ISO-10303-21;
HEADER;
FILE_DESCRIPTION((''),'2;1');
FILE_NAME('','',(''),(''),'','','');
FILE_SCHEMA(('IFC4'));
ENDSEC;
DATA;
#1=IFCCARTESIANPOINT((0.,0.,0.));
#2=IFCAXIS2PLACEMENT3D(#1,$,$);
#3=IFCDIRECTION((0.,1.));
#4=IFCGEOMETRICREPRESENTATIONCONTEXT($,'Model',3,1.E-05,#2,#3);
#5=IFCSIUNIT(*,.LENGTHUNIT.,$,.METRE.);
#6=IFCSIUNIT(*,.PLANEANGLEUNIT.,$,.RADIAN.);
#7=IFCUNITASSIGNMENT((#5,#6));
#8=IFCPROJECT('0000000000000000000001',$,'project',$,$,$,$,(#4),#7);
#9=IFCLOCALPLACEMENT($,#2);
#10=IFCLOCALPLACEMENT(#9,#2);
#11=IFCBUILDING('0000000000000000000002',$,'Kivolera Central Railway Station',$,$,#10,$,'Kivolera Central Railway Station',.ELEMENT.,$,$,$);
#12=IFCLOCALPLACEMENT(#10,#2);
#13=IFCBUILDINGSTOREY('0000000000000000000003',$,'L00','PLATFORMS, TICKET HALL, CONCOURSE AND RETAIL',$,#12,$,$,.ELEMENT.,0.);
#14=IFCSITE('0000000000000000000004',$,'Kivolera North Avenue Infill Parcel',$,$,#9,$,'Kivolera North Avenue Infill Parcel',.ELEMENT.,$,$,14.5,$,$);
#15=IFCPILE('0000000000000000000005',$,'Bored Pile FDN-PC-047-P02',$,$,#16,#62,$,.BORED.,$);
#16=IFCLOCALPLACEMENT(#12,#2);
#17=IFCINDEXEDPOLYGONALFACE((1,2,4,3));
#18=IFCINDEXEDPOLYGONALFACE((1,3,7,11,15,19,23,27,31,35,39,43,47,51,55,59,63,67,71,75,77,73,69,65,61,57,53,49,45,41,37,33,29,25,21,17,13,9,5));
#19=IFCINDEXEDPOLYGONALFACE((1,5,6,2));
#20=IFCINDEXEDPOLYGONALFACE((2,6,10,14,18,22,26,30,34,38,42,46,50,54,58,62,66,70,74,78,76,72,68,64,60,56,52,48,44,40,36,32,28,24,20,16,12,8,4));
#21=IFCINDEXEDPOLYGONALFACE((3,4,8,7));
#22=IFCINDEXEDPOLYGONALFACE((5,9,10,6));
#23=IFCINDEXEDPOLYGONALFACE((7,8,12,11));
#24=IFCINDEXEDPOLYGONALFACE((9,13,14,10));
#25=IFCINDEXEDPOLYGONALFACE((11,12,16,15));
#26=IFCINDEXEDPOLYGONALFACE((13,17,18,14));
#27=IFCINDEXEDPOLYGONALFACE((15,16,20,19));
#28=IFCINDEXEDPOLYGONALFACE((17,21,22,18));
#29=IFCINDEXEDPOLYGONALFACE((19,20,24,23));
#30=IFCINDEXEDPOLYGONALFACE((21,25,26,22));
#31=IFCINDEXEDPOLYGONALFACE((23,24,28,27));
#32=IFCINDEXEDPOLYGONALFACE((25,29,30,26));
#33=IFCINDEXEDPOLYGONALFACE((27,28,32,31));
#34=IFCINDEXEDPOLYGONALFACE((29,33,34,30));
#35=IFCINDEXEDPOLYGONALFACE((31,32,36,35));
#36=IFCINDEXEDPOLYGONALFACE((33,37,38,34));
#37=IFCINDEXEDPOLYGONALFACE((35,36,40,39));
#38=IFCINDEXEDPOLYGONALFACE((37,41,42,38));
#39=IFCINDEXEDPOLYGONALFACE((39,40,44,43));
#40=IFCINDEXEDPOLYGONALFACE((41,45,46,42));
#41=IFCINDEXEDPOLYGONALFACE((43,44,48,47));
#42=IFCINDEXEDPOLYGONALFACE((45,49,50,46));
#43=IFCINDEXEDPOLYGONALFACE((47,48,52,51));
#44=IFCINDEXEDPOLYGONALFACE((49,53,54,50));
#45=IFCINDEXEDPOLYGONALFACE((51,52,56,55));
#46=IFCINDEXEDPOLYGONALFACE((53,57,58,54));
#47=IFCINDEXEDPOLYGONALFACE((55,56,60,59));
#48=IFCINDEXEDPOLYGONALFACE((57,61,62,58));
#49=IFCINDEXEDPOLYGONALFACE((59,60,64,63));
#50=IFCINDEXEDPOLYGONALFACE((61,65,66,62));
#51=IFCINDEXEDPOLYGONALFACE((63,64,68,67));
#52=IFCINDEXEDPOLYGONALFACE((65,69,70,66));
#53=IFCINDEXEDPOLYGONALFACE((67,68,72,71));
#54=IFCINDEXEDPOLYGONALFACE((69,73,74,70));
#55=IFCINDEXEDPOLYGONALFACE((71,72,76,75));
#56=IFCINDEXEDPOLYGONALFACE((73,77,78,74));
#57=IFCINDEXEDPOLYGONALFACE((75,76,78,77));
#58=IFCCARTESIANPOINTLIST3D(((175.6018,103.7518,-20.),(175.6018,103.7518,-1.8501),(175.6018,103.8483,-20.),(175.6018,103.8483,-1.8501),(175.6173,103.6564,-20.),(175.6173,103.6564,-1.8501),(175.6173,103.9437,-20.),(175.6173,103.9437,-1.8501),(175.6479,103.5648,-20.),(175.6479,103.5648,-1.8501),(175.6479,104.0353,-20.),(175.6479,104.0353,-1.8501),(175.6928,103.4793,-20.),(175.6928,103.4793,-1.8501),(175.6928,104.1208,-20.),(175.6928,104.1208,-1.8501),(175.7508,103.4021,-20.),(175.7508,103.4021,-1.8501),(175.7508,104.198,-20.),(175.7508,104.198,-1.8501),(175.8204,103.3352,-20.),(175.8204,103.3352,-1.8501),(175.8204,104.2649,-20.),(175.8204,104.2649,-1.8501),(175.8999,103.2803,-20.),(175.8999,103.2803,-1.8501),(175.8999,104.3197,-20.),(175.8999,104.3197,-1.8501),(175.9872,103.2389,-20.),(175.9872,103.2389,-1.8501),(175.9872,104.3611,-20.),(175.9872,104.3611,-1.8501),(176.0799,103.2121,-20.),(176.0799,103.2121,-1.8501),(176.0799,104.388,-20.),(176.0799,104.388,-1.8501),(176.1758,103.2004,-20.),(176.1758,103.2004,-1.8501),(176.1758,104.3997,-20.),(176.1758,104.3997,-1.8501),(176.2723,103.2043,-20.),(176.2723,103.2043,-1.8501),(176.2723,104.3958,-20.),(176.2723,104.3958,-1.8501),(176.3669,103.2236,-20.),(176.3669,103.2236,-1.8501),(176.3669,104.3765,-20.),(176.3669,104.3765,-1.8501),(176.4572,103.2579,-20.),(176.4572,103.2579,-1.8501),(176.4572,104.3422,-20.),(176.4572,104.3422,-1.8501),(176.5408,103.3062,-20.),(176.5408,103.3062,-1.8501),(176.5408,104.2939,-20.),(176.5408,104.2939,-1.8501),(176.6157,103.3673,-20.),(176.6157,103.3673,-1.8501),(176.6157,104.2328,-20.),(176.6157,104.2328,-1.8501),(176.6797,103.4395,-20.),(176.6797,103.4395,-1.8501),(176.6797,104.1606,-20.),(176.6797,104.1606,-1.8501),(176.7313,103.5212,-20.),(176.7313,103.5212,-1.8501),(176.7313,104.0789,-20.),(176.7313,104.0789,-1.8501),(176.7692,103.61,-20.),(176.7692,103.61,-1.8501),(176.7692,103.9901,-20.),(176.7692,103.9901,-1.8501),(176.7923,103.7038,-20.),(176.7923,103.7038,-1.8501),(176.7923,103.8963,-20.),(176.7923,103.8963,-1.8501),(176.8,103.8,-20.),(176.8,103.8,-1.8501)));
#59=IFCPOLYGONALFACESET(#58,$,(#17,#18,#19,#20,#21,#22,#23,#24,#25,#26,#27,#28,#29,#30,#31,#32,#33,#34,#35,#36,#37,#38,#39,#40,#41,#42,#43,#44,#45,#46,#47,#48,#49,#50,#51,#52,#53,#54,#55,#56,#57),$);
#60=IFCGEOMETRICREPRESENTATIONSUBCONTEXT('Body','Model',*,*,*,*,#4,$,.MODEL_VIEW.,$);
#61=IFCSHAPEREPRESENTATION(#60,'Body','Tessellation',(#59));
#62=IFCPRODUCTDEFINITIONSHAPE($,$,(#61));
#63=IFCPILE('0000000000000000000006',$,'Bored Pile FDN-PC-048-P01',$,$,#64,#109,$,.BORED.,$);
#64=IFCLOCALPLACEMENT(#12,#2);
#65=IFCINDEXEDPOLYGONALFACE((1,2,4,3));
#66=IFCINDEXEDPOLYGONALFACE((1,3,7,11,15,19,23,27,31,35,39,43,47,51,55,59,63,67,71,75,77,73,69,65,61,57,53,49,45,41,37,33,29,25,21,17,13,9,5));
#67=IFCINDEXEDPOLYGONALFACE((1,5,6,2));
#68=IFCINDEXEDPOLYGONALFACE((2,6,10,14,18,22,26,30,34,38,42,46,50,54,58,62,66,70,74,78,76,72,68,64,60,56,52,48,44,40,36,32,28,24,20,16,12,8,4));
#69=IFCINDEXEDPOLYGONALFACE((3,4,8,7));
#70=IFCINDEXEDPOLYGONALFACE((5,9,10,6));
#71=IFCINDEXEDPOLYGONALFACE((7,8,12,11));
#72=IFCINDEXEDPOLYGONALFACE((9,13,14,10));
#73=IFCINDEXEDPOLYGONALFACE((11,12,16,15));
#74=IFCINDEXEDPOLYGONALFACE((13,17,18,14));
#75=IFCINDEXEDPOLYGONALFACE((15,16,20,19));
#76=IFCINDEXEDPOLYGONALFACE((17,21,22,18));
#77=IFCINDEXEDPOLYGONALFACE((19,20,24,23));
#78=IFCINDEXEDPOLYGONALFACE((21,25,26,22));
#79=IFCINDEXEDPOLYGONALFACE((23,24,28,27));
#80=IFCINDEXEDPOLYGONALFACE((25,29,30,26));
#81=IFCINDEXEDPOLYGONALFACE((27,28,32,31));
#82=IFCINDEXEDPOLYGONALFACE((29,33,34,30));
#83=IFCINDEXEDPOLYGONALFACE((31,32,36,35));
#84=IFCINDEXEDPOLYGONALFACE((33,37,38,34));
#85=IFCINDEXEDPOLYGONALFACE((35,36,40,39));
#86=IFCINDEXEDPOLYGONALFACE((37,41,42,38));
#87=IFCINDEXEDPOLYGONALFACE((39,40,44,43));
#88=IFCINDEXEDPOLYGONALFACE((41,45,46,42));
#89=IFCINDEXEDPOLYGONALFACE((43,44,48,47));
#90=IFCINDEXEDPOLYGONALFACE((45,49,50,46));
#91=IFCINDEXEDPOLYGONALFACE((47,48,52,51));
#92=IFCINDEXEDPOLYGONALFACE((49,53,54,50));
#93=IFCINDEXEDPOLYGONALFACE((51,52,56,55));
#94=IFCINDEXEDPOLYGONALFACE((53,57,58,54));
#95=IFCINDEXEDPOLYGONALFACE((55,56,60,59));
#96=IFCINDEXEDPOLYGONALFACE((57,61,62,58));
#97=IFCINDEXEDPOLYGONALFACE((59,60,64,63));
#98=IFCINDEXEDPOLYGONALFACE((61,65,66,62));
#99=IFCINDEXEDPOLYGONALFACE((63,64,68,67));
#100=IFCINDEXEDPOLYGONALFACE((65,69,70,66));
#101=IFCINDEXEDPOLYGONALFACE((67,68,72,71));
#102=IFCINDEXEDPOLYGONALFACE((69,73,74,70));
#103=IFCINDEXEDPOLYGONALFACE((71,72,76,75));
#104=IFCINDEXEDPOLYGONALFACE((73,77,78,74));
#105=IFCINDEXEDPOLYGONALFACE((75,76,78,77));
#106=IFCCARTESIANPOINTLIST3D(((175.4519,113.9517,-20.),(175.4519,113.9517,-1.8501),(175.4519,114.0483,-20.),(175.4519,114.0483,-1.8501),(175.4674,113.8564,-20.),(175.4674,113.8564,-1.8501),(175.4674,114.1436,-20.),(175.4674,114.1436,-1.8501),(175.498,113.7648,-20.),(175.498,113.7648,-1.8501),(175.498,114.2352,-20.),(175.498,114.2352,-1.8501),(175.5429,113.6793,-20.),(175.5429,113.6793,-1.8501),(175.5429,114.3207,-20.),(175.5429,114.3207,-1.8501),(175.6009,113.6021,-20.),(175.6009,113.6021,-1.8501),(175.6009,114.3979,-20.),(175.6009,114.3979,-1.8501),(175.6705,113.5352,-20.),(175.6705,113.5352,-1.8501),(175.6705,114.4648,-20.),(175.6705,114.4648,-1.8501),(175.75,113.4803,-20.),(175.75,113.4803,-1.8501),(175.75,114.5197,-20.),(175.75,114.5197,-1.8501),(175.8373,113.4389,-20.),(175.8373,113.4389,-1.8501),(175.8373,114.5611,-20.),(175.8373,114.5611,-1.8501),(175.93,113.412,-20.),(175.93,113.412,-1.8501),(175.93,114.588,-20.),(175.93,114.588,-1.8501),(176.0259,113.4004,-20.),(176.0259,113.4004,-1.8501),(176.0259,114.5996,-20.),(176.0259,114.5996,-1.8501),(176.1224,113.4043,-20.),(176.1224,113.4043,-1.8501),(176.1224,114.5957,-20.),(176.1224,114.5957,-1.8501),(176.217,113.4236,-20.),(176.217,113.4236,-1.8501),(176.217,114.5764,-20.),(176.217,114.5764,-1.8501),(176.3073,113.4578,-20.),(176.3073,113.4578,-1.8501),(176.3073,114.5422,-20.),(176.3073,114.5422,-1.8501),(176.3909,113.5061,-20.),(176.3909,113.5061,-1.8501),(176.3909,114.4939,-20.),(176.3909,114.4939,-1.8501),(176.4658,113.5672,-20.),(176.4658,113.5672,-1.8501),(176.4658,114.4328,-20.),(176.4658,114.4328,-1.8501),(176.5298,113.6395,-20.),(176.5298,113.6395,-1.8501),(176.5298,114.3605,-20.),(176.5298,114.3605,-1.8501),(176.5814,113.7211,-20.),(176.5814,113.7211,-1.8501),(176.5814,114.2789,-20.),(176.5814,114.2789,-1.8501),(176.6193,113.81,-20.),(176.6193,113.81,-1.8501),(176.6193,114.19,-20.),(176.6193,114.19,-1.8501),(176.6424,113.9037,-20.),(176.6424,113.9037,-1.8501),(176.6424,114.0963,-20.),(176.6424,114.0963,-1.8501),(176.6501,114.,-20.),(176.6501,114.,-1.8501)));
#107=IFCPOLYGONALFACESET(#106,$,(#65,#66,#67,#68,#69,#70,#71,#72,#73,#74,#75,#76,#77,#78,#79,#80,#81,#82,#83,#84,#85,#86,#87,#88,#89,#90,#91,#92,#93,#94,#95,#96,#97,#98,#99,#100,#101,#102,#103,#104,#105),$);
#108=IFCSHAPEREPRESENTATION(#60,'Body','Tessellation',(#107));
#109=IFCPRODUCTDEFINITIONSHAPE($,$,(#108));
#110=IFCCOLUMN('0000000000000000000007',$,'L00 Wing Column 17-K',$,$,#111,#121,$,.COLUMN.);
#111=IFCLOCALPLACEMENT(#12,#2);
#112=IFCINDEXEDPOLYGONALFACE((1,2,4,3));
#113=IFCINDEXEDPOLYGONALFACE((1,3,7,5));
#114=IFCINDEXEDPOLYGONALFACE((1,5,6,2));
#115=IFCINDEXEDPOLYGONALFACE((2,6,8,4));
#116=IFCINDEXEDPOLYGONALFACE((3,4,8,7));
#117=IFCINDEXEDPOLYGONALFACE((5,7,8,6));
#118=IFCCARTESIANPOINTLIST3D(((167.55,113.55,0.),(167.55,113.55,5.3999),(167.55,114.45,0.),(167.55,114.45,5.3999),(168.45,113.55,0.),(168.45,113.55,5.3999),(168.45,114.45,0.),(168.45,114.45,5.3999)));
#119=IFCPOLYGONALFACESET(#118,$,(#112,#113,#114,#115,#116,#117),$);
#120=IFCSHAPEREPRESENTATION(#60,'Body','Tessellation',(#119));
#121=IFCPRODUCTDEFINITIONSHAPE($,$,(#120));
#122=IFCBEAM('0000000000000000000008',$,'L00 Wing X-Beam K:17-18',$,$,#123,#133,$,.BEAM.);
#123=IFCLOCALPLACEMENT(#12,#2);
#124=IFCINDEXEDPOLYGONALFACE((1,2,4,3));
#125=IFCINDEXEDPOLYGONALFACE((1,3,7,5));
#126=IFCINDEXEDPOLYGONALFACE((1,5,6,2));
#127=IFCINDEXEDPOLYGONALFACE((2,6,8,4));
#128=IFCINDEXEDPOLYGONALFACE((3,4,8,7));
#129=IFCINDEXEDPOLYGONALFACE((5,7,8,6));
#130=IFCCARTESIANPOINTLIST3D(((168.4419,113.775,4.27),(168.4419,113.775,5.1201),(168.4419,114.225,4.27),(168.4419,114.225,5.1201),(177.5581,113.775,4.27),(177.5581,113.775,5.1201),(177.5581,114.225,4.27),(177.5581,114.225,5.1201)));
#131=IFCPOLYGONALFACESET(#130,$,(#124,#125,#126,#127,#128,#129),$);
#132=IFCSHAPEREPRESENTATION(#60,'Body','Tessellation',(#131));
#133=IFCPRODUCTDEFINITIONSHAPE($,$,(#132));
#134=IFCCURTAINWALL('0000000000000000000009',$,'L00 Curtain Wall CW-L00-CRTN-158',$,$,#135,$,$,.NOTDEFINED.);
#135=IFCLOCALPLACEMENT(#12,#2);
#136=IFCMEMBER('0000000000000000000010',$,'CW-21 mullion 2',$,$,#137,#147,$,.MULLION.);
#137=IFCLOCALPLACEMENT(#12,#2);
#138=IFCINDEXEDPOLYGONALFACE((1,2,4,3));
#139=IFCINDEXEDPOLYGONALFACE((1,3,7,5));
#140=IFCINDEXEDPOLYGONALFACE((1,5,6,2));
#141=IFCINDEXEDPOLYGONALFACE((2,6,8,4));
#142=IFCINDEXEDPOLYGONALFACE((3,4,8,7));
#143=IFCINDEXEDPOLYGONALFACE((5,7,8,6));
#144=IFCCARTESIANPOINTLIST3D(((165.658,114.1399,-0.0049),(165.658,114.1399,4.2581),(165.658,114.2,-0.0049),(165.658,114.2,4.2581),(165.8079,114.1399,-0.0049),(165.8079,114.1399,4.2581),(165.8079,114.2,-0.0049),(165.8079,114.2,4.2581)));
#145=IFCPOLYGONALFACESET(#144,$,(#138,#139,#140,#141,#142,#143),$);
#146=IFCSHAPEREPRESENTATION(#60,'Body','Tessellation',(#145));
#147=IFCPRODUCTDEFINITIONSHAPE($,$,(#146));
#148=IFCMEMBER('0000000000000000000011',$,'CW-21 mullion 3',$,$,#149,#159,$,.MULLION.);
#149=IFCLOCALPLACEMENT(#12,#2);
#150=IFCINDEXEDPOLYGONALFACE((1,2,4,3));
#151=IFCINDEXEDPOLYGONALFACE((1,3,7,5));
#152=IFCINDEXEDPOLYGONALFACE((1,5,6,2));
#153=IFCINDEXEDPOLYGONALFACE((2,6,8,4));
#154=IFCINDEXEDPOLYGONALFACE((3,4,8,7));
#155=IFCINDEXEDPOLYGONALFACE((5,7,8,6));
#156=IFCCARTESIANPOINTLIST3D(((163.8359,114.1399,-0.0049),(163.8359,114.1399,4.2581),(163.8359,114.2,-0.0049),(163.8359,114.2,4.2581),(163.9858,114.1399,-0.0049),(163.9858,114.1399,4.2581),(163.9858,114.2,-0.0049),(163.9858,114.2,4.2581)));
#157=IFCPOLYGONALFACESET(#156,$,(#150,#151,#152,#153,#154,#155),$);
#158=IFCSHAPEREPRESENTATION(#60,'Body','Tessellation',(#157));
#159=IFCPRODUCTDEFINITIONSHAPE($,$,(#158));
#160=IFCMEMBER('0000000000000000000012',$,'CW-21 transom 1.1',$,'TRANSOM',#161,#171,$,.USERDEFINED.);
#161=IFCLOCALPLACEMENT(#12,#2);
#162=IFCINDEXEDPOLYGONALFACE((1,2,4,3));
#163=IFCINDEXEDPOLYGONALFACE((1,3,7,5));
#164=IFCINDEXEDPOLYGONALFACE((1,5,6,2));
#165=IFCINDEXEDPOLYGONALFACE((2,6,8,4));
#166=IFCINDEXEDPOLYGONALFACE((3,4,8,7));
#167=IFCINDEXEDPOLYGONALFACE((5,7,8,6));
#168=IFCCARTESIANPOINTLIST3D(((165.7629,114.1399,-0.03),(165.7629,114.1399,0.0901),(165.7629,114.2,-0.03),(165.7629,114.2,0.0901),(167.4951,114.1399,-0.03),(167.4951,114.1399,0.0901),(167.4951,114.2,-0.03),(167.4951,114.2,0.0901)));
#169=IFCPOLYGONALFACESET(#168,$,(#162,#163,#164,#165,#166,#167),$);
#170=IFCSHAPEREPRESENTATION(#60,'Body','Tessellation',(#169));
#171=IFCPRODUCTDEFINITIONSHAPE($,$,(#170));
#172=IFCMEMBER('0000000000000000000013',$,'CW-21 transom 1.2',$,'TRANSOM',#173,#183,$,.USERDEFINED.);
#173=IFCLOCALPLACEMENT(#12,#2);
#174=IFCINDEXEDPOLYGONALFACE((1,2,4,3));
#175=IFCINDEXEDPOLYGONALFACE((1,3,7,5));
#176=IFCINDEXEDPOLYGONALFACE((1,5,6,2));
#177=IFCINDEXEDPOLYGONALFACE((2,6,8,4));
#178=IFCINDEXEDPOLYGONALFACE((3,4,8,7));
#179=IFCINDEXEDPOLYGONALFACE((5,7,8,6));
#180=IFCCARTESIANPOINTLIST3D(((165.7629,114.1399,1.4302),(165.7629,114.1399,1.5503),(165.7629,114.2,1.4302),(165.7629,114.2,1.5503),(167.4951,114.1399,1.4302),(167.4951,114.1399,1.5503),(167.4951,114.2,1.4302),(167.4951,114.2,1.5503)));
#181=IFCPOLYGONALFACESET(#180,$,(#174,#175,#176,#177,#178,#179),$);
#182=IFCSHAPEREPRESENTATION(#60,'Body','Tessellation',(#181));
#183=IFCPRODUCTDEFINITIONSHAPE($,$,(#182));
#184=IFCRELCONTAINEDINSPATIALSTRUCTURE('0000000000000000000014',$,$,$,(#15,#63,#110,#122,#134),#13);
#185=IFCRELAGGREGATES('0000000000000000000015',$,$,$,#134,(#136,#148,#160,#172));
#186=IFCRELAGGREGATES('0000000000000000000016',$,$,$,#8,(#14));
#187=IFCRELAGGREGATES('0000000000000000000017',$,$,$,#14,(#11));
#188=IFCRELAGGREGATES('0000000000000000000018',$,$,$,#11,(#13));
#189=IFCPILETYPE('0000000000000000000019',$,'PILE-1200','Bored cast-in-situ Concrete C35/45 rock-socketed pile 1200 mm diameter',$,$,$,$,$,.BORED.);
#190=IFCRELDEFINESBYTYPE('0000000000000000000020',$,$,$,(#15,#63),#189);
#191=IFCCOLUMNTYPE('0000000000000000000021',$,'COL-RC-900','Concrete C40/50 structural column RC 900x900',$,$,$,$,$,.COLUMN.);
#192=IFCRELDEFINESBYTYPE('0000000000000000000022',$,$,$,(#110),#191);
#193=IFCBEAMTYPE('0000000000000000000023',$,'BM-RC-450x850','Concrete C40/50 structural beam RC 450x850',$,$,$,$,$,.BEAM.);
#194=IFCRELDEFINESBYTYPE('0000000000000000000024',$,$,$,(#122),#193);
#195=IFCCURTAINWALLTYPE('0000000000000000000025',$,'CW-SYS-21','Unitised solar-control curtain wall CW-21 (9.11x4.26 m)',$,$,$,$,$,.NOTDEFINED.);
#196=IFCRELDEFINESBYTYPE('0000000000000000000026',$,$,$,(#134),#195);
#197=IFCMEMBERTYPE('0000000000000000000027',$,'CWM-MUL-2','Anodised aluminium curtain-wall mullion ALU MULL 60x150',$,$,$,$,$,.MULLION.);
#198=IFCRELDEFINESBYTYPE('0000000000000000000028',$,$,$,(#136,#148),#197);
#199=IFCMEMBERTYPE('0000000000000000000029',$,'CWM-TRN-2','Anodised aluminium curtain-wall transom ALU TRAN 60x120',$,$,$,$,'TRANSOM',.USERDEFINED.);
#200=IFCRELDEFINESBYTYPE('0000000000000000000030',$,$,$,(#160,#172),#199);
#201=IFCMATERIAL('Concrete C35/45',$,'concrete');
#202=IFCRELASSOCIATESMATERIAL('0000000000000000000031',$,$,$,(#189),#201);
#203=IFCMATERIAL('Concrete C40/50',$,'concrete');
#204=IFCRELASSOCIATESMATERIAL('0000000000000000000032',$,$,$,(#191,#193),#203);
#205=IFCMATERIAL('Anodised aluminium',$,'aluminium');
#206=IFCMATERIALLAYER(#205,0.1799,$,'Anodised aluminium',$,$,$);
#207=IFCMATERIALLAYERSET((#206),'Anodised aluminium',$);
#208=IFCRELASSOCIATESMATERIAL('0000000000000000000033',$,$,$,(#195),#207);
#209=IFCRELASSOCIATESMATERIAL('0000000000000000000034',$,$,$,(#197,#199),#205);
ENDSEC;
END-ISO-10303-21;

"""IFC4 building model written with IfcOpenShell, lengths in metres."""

from ifc_helpers import new_model, si_unit, direction, frame, origin, origin_2d, place, context, subcontext, project, spatial, rectangle, circle, extrude, material, layer, layer_set, material_profile, profile_set, type_object, element, aggregate, save


model = new_model("IFC4")

# Units and contexts
model_context = context("Model", 3, precision=1e-05, world=origin(), true_north=direction((0.0, 1.0)))
body_context = subcontext(model_context, "Body", "Model", "MODEL_VIEW")
ifc_project = project(units=[si_unit("LENGTHUNIT", "METRE"), si_unit("PLANEANGLEUNIT", "RADIAN")], contexts=[model_context])

# Site, building, storey
site_placement = place(None, origin())
site = spatial("IfcSite", under=ifc_project, at=site_placement, Name="Kivolera North Avenue Infill Parcel", LongName="Kivolera North Avenue Infill Parcel", CompositionType="ELEMENT", RefElevation=14.5)
building_placement = place(site_placement, origin())
building = spatial("IfcBuilding", under=site, at=building_placement, Name="Kivolera Central Railway Station", LongName="Kivolera Central Railway Station", CompositionType="ELEMENT")
storey_placement = place(building_placement, origin())
storey = spatial("IfcBuildingStorey", under=building, at=storey_placement, Name="L00", Description="PLATFORMS, TICKET HALL, CONCOURSE AND RETAIL", CompositionType="ELEMENT", Elevation=0.0)

# Shared definitions
ifc_material_1 = material(Name="Concrete C35/45", Category="concrete")

# Piles
ifc_material_profile_1 = material_profile(ifc_material_1, circle(Radius=0.6001, at=origin_2d()), Name="PILE D1200")
ifc_profile_set_1 = profile_set([ifc_material_profile_1], Name="Concrete C35/45")
pile_type = type_object("IfcPileType", Name="PILE-1200", Description="Bored cast-in-situ Concrete C35/45 rock-socketed pile 1200 mm diameter", PredefinedType="BORED", material=ifc_profile_set_1)
for number, where, z_axis, x_axis, name in (
    (1, (176.2, 103.8, -1.8501), (0.0, 0.0, -1.0), (1.0, 0.0, 0.0), "Bored Pile FDN-PC-047-P02"),
    (2, (176.05, 114.0, -1.8501), (0.0, 0.0, -1.0), (1.0, 0.0, 0.0), "Bored Pile FDN-PC-048-P01"),
):
    element("IfcPile", number, at=place(storey_placement, frame(where, z_axis=z_axis, x_axis=x_axis)), inside=storey, type_object=pile_type, Name=name, PredefinedType="BORED", context=body_context, shape_type="SweptSolid", body=[
        extrude(circle(Radius=0.6001, at=origin_2d()), origin(), (0.0, 0.0, 1.0), 18.1499),
    ])

# Column
ifc_material_2 = material(Name="Concrete C40/50", Category="concrete")
ifc_material_profile_2 = material_profile(ifc_material_2, rectangle(XDim=0.8999, YDim=0.8999, at=origin_2d()), Name="RC 900x900")
ifc_profile_set_2 = profile_set([ifc_material_profile_2], Name="Concrete C40/50")
column_type = type_object("IfcColumnType", Name="COL-RC-900", Description="Concrete C40/50 structural column RC 900x900", PredefinedType="COLUMN", material=ifc_profile_set_2)
column_placement = place(storey_placement, frame((168.0, 114.0, 0.0), z_axis=(0.0, 0.0, 1.0), x_axis=(1.0, 0.0, 0.0)))
element("IfcColumn", 3, at=column_placement, inside=storey, type_object=column_type, Name="L00 Wing Column 17-K", PredefinedType="COLUMN", context=body_context, shape_type="SweptSolid", body=[
    extrude(rectangle(XDim=0.8999, YDim=0.8999, at=origin_2d()), origin(), (0.0, 0.0, 1.0), 5.3999),
])

# Beam
ifc_material_profile_3 = material_profile(ifc_material_2, rectangle(XDim=0.45, YDim=0.8501, at=origin_2d()), Name="RC 450x850")
ifc_profile_set_3 = profile_set([ifc_material_profile_3], Name="Concrete C40/50")
beam_type = type_object("IfcBeamType", Name="BM-RC-450x850", Description="Concrete C40/50 structural beam RC 450x850", PredefinedType="BEAM", material=ifc_profile_set_3)
beam_placement = place(storey_placement, frame((168.4419, 114.0, 4.6951), z_axis=(1.0, 0.0, 0.0), x_axis=(0.0, 1.0, 0.0)))
element("IfcBeam", 4, at=beam_placement, inside=storey, type_object=beam_type, Name="L00 Wing X-Beam K:17-18", PredefinedType="BEAM", context=body_context, shape_type="SweptSolid", body=[
    extrude(rectangle(XDim=0.45, YDim=0.8501, at=origin_2d()), origin(), (0.0, 0.0, 1.0), 9.1162),
])

# Curtain wall, members
ifc_material_3 = material(Name="Anodised aluminium", Category="aluminium")
ifc_layer_1 = layer(ifc_material_3, 0.1799, Name="Anodised aluminium")
ifc_layer_set_1 = layer_set([ifc_layer_1], Name="Anodised aluminium")
curtain_wall_type = type_object("IfcCurtainWallType", Name="CW-SYS-21", Description="Unitised solar-control curtain wall CW-21 (9.11x4.26 m)", PredefinedType="NOTDEFINED", material=ifc_layer_set_1)
curtain_wall_placement = place(storey_placement, origin())
curtain_wall = element("IfcCurtainWall", 5, at=curtain_wall_placement, inside=storey, type_object=curtain_wall_type, Name="L00 Curtain Wall CW-L00-CRTN-158", PredefinedType="NOTDEFINED")
ifc_material_profile_4 = material_profile(ifc_material_3, rectangle(XDim=0.0601, YDim=0.1499, at=origin_2d()), Name="ALU MULL 60x150")
ifc_profile_set_4 = profile_set([ifc_material_profile_4], Name="Anodised aluminium")
member_type_1 = type_object("IfcMemberType", Name="CWM-MUL-2", Description="Anodised aluminium curtain-wall mullion ALU MULL 60x150", PredefinedType="MULLION", material=ifc_profile_set_4)
member_1_placement = place(storey_placement, frame((165.7329, 114.1699, -0.0049), z_axis=(0.0, 0.0, 1.0), x_axis=(0.0, -1.0, 0.0)))
member_1 = element("IfcMember", 6, at=member_1_placement, type_object=member_type_1, Name="CW-21 mullion 2", PredefinedType="MULLION", context=body_context, shape_type="SweptSolid", body=[
    extrude(rectangle(XDim=0.0601, YDim=0.1499, at=origin_2d()), origin(), (0.0, 0.0, 1.0), 4.2629),
])
member_2_placement = place(storey_placement, frame((163.9109, 114.1699, -0.0049), z_axis=(0.0, 0.0, 1.0), x_axis=(0.0, -1.0, 0.0)))
member_2 = element("IfcMember", 7, at=member_2_placement, type_object=member_type_1, Name="CW-21 mullion 3", PredefinedType="MULLION", context=body_context, shape_type="SweptSolid", body=[
    extrude(rectangle(XDim=0.0601, YDim=0.1499, at=origin_2d()), origin(), (0.0, 0.0, 1.0), 4.2629),
])
ifc_material_profile_5 = material_profile(ifc_material_3, rectangle(XDim=0.0601, YDim=0.1201, at=origin_2d()), Name="ALU TRAN 60x120")
ifc_profile_set_5 = profile_set([ifc_material_profile_5], Name="Anodised aluminium")
member_type_2 = type_object("IfcMemberType", Name="CWM-TRN-2", Description="Anodised aluminium curtain-wall transom ALU TRAN 60x120", ElementType="TRANSOM", PredefinedType="USERDEFINED", material=ifc_profile_set_5)
member_3_placement = place(storey_placement, frame((167.4951, 114.1699, 0.03), z_axis=(-1.0, 0.0, 0.0), x_axis=(0.0, -1.0, 0.0)))
member_3 = element("IfcMember", 8, at=member_3_placement, type_object=member_type_2, Name="CW-21 transom 1.1", ObjectType="TRANSOM", PredefinedType="USERDEFINED", context=body_context, shape_type="SweptSolid", body=[
    extrude(rectangle(XDim=0.0601, YDim=0.1201, at=origin_2d()), origin(), (0.0, 0.0, 1.0), 1.7322),
])
member_4_placement = place(storey_placement, frame((167.4951, 114.1699, 1.4902), z_axis=(-1.0, 0.0, 0.0), x_axis=(0.0, -1.0, 0.0)))
member_4 = element("IfcMember", 9, at=member_4_placement, type_object=member_type_2, Name="CW-21 transom 1.2", ObjectType="TRANSOM", PredefinedType="USERDEFINED", context=body_context, shape_type="SweptSolid", body=[
    extrude(rectangle(XDim=0.0601, YDim=0.1201, at=origin_2d()), origin(), (0.0, 0.0, 1.0), 1.7322),
])
aggregate(curtain_wall, [member_1, member_2, member_3, member_4])

save(model, "model.ifc")
